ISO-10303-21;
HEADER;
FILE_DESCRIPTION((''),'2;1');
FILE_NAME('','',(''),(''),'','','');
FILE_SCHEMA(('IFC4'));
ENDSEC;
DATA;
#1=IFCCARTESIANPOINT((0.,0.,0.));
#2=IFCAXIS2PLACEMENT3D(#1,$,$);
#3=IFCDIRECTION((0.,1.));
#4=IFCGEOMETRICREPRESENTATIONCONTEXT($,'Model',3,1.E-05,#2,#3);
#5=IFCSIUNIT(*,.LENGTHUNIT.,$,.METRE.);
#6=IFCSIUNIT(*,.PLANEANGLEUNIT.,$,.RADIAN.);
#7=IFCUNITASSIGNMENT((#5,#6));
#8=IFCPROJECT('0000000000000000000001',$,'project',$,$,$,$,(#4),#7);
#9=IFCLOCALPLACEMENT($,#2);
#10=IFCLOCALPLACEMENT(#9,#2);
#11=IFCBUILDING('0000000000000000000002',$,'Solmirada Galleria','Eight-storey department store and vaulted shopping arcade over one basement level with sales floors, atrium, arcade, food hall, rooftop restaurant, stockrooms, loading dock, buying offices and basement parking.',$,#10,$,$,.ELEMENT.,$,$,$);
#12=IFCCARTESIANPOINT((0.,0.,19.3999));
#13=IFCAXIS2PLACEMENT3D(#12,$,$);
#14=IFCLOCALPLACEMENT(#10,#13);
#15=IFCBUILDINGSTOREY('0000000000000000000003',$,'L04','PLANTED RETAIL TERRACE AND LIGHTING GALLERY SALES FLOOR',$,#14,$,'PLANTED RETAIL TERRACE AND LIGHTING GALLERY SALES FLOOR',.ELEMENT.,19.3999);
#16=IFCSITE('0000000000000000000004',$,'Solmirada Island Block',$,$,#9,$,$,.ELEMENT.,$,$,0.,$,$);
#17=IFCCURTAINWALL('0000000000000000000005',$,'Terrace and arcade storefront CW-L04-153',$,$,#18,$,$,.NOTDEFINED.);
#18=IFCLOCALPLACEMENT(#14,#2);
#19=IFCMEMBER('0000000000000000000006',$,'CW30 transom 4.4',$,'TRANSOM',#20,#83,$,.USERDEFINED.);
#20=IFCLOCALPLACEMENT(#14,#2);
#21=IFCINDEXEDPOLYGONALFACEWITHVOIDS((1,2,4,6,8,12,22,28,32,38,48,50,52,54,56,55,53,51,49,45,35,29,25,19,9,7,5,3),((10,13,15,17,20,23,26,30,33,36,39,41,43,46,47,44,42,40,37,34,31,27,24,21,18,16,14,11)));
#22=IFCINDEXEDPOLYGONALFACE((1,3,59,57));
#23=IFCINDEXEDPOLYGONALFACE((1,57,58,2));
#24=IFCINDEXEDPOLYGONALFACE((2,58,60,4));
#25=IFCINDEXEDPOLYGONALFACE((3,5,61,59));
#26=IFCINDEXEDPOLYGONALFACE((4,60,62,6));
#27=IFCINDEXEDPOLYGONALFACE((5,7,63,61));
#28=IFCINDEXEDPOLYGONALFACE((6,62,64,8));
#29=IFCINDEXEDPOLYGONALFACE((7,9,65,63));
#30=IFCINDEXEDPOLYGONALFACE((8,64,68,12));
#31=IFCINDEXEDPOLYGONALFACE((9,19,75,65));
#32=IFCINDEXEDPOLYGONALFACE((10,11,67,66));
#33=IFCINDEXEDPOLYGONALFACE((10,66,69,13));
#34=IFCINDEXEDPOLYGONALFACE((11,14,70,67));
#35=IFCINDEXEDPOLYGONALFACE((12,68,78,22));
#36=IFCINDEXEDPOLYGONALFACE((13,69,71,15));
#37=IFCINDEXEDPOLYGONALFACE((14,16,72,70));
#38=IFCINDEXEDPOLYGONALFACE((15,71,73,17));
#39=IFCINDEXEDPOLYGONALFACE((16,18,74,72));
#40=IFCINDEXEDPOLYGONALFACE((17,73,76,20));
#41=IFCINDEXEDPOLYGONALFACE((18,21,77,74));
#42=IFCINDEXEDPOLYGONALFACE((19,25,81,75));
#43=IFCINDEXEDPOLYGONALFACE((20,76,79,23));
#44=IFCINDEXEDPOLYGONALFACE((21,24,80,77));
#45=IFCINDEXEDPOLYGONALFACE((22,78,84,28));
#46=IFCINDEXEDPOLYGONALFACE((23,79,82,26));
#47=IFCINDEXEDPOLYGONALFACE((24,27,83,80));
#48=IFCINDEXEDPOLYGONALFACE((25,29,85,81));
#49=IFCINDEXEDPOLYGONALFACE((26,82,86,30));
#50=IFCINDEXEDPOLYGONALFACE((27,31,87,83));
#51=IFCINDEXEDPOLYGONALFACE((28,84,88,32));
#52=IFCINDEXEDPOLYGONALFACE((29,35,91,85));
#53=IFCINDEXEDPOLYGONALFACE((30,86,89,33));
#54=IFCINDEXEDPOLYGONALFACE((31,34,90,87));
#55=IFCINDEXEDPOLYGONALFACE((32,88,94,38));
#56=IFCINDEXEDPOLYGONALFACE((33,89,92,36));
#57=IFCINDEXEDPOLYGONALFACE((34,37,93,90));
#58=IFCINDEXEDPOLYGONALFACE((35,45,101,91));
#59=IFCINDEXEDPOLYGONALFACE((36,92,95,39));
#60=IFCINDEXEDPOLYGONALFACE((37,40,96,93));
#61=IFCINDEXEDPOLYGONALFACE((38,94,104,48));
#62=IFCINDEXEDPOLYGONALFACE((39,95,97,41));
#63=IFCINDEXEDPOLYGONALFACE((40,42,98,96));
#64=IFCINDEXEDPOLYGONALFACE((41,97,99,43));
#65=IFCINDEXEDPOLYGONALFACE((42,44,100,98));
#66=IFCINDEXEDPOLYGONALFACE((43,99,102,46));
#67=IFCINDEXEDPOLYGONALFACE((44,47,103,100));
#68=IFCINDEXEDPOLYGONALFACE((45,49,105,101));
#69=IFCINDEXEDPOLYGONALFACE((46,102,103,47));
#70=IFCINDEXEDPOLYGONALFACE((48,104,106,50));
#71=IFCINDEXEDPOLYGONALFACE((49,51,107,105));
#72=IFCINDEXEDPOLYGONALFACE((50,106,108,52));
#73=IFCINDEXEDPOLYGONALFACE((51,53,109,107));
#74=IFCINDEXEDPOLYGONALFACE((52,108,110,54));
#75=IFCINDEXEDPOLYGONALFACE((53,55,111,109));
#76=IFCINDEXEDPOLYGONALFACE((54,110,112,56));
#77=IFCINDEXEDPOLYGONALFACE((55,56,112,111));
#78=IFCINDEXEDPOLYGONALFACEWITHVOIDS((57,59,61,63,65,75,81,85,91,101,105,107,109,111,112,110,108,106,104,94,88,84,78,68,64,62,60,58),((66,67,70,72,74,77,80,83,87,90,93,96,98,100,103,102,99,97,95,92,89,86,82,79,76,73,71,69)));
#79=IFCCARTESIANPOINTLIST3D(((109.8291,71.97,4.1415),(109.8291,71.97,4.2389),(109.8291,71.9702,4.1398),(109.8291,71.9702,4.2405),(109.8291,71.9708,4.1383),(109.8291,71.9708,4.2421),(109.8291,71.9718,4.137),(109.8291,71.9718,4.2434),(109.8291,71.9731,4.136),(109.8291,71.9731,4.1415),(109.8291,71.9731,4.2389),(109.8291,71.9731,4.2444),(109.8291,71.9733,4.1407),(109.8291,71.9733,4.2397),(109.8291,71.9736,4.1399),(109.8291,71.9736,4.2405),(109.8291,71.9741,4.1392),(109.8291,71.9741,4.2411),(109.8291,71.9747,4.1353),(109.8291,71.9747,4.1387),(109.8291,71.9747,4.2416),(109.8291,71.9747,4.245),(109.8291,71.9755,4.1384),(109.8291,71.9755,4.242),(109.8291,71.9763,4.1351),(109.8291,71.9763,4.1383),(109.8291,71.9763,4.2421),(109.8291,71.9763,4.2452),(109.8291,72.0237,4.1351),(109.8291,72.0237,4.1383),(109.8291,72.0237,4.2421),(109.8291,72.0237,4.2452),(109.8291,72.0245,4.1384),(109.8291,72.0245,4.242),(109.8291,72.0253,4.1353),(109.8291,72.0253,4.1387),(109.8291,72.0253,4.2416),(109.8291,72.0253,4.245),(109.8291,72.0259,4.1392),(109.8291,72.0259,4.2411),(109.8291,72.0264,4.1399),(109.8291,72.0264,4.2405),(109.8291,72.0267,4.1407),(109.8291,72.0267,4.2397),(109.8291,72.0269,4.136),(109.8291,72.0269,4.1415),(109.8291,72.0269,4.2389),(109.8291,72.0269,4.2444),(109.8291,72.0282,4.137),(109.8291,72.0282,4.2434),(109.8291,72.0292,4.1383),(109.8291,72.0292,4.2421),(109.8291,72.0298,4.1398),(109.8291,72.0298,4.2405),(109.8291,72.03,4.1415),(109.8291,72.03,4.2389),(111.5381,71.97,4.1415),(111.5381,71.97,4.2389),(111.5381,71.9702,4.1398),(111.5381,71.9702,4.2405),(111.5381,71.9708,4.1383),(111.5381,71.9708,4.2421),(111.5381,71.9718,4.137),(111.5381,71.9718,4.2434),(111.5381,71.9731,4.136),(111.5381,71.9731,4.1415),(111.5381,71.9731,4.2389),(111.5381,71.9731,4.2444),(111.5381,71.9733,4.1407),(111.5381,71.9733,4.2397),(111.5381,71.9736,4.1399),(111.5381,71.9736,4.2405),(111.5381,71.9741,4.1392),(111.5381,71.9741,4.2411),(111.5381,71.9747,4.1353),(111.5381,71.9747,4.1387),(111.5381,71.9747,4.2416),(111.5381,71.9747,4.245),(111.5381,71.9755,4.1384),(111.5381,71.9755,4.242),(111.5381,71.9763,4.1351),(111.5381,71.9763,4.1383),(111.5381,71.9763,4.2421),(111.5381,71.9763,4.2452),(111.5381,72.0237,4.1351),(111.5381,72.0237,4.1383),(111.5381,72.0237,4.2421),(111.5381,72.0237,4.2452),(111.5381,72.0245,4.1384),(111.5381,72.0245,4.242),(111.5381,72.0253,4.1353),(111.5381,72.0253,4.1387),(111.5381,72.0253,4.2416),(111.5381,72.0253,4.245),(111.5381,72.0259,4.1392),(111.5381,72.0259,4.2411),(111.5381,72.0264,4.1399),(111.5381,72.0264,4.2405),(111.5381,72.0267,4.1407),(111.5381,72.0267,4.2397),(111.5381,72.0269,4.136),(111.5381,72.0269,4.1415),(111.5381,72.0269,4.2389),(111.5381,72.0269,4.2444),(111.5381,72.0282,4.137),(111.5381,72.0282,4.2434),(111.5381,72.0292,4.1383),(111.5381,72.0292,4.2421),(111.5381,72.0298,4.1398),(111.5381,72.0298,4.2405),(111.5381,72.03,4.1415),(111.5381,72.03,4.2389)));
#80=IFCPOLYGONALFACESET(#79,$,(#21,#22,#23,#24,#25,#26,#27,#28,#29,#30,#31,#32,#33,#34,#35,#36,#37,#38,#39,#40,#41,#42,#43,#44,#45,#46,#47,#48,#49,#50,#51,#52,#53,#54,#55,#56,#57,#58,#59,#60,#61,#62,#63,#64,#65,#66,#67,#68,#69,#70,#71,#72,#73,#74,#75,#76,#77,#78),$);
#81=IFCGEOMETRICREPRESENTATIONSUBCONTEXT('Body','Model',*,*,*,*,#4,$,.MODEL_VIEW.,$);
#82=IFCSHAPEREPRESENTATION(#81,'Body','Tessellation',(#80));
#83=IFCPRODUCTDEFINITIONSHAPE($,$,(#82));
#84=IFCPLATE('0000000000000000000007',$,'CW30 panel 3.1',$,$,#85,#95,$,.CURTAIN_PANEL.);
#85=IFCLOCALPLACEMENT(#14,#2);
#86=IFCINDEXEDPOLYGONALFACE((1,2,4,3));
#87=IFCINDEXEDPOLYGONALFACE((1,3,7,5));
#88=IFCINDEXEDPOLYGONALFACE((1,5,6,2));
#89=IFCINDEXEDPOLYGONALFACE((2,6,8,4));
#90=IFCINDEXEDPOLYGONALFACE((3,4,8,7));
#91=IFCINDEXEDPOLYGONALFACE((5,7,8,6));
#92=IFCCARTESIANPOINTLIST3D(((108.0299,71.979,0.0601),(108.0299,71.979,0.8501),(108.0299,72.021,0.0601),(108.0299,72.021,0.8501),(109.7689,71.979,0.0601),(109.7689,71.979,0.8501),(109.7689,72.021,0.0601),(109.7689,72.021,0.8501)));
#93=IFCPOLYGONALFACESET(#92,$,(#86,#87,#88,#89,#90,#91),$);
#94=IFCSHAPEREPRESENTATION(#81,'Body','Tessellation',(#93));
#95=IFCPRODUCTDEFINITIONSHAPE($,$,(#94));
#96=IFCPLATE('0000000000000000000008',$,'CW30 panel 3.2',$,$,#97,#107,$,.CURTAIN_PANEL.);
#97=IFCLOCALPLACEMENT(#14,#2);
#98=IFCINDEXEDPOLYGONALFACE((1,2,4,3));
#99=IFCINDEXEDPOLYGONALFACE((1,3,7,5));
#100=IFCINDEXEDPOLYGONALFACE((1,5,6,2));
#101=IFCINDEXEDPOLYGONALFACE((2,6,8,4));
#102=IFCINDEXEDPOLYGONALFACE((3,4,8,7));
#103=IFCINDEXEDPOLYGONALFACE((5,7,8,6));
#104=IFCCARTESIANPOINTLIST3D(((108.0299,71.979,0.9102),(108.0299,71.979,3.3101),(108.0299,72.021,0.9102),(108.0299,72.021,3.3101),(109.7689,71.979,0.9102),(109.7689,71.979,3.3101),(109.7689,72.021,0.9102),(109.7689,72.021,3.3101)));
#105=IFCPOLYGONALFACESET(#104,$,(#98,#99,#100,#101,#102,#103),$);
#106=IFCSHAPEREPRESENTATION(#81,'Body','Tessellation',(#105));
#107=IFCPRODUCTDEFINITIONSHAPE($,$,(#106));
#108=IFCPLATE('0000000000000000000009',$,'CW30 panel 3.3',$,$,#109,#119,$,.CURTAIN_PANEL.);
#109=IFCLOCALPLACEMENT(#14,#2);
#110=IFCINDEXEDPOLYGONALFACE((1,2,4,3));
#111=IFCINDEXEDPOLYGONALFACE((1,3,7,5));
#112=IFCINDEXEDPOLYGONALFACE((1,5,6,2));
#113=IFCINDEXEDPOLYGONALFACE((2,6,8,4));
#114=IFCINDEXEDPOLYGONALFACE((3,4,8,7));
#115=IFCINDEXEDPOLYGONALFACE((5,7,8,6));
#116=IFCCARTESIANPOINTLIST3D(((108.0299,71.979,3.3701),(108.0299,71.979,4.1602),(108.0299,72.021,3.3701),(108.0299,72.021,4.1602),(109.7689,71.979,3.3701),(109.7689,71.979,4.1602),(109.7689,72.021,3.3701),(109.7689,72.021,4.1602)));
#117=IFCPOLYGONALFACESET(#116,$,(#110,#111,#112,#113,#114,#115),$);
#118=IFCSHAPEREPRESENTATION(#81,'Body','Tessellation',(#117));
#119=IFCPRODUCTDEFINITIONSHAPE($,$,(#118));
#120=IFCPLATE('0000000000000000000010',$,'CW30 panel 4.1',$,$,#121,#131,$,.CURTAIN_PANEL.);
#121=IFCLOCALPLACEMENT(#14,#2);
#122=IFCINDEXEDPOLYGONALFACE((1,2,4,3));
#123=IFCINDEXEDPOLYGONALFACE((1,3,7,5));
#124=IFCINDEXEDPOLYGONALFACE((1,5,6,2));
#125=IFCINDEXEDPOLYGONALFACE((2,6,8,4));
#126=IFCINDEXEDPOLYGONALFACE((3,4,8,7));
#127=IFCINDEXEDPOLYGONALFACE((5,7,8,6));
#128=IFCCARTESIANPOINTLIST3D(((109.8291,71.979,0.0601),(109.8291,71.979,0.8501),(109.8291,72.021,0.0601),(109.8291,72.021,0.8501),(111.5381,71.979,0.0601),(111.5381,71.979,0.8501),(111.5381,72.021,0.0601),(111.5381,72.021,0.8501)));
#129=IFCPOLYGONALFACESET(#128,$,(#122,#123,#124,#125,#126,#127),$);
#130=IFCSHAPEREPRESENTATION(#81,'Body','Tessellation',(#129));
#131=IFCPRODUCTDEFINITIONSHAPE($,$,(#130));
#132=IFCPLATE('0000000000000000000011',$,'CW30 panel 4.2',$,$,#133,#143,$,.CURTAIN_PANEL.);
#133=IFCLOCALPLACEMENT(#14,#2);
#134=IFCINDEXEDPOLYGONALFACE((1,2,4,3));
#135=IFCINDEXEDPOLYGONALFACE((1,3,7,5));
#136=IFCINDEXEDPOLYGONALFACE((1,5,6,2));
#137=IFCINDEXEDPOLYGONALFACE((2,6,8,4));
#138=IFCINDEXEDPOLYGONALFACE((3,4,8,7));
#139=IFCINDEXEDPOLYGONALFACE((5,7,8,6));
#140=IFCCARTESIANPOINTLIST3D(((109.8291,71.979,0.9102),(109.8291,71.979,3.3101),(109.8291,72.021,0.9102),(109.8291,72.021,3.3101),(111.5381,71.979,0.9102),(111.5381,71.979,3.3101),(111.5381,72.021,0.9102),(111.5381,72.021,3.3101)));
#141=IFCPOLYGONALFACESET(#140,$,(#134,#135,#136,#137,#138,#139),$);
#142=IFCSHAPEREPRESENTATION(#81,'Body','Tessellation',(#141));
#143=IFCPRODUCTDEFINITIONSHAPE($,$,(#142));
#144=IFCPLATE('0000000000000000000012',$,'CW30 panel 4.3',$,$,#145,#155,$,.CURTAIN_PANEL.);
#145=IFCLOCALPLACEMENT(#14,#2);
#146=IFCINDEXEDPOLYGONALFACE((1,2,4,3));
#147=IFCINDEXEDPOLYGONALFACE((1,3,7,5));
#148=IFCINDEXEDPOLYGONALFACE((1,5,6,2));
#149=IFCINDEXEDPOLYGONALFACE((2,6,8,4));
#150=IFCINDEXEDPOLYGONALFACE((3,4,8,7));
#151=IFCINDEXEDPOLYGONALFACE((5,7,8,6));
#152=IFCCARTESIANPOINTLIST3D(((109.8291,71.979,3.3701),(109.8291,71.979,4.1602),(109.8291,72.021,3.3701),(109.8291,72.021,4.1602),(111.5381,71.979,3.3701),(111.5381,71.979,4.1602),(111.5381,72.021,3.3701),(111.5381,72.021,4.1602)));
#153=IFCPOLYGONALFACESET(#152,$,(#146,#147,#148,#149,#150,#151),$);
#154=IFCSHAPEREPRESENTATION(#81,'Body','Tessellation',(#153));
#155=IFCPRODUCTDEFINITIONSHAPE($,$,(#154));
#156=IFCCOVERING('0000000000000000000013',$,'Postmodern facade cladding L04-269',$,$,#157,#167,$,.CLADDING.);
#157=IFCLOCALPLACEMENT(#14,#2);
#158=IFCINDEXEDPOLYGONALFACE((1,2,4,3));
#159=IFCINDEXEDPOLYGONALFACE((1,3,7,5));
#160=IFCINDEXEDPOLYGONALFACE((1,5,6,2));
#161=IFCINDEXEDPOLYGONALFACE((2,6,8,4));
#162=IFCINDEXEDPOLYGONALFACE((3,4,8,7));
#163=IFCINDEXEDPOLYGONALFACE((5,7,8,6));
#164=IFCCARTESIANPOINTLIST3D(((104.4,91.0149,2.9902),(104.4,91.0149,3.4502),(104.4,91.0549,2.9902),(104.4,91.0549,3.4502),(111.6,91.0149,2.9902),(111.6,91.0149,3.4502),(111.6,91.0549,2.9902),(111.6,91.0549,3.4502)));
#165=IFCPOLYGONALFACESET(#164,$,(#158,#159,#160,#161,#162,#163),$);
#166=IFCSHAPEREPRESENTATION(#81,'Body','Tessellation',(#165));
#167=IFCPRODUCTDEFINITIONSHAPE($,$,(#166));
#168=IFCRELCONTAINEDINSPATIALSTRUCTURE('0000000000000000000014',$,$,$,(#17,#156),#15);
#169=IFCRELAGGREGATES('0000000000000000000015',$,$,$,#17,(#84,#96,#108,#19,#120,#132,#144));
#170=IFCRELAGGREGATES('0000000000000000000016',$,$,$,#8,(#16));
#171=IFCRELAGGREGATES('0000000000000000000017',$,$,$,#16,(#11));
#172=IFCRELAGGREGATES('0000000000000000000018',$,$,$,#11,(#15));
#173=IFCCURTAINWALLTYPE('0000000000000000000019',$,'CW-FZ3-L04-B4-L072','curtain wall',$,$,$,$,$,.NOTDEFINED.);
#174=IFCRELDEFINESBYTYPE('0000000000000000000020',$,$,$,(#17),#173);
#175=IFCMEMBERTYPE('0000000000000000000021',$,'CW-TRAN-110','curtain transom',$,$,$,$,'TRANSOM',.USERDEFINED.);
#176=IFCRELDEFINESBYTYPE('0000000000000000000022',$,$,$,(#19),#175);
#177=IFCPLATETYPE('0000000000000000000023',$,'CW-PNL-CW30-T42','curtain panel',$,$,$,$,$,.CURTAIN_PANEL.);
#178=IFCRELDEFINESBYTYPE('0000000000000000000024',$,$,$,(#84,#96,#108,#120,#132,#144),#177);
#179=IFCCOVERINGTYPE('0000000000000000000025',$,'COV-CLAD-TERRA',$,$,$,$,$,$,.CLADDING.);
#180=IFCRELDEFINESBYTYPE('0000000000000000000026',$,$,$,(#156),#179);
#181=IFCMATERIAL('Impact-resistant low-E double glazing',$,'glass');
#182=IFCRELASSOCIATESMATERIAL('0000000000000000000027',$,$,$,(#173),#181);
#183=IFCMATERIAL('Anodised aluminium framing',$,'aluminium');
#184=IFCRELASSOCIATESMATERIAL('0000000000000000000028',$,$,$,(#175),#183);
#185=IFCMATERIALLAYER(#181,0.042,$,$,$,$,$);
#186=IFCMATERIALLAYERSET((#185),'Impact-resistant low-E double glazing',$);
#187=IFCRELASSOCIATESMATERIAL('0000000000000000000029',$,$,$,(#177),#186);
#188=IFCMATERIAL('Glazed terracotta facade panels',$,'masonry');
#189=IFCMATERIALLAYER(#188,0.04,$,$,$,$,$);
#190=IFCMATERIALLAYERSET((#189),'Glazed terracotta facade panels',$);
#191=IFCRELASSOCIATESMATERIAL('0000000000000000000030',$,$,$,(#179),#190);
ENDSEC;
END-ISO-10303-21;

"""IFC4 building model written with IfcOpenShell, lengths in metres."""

from ifc_helpers import new_model, si_unit, direction, frame, origin, origin_2d, place, context, subcontext, project, spatial, rectangle, hollow_rectangle, extrude, material, layer, layer_set, material_profile, profile_set, type_object, element, aggregate, save


model = new_model("IFC4")

# Units and contexts
model_context = context("Model", 3, precision=1e-05, world=origin(), true_north=direction((0.0, 1.0)))
body_context = subcontext(model_context, "Body", "Model", "MODEL_VIEW")
ifc_project = project(units=[si_unit("LENGTHUNIT", "METRE"), si_unit("PLANEANGLEUNIT", "RADIAN")], contexts=[model_context])

# Site, building, storey
site_placement = place(None, origin())
site = spatial("IfcSite", under=ifc_project, at=site_placement, Name="Solmirada Island Block", CompositionType="ELEMENT", RefElevation=0.0)
building_placement = place(site_placement, origin())
building = spatial("IfcBuilding", under=site, at=building_placement, Name="Solmirada Galleria", Description="Eight-storey department store and vaulted shopping arcade over one basement level with sales floors, atrium, arcade, food hall, rooftop restaurant, stockrooms, loading dock, buying offices and basement parking.", CompositionType="ELEMENT")
storey_placement = place(building_placement, frame((0.0, 0.0, 19.3999)))
storey = spatial("IfcBuildingStorey", under=building, at=storey_placement, Name="L04", Description="PLANTED RETAIL TERRACE AND LIGHTING GALLERY SALES FLOOR", LongName="PLANTED RETAIL TERRACE AND LIGHTING GALLERY SALES FLOOR", CompositionType="ELEMENT", Elevation=19.3999)

# Curtain wall, member, plates
ifc_material_1 = material(Name="Impact-resistant low-E double glazing", Category="glass")
curtain_wall_type = type_object("IfcCurtainWallType", Name="CW-FZ3-L04-B4-L072", Description="curtain wall", PredefinedType="NOTDEFINED", material=ifc_material_1)
curtain_wall_placement = place(storey_placement, origin())
curtain_wall = element("IfcCurtainWall", 1, at=curtain_wall_placement, inside=storey, type_object=curtain_wall_type, Name="Terrace and arcade storefront CW-L04-153", PredefinedType="NOTDEFINED")
ifc_material_2 = material(Name="Anodised aluminium framing", Category="aluminium")
ifc_material_profile_1 = material_profile(ifc_material_2, hollow_rectangle(XDim=0.0601, YDim=0.1101, WallThickness=0.0032, InnerFilletRadius=0.0032, OuterFilletRadius=0.0063, at=origin_2d()), Name="ALU-TRAN-110X60")
ifc_profile_set_1 = profile_set([ifc_material_profile_1], Name="Anodised aluminium framing")
member_type_1 = type_object("IfcMemberType", Name="CW-TRAN-110", Description="curtain transom", ElementType="TRANSOM", PredefinedType="USERDEFINED", material=ifc_profile_set_1)
member_1_placement = place(storey_placement, frame((109.8291, 72.0, 4.1902), z_axis=(1.0, 0.0, 0.0), x_axis=(0.0, 1.0, 0.0)))
member_1 = element("IfcMember", 2, at=member_1_placement, type_object=member_type_1, Name="CW30 transom 4.4", ObjectType="TRANSOM", PredefinedType="USERDEFINED", context=body_context, shape_type="SweptSolid", body=[
    extrude(hollow_rectangle(XDim=0.0601, YDim=0.1101, WallThickness=0.0032, InnerFilletRadius=0.0032, OuterFilletRadius=0.0063, at=origin_2d()), origin(), (0.0, 0.0, 1.0), 1.709),
])
ifc_layer_1 = layer(ifc_material_1, 0.042)
ifc_layer_set_1 = layer_set([ifc_layer_1], Name="Impact-resistant low-E double glazing")
plate_type = type_object("IfcPlateType", Name="CW-PNL-CW30-T42", Description="curtain panel", PredefinedType="CURTAIN_PANEL", material=ifc_layer_set_1)
plate_1_placement = place(storey_placement, frame((108.8994, 72.0, 0.0601), z_axis=(0.0, 0.0, 1.0), x_axis=(1.0, 0.0, 0.0)))
plate_1 = element("IfcPlate", 3, at=plate_1_placement, type_object=plate_type, Name="CW30 panel 3.1", PredefinedType="CURTAIN_PANEL", context=body_context, shape_type="SweptSolid", body=[
    extrude(rectangle(XDim=1.739, YDim=0.042, at=origin_2d()), origin(), (0.0, 0.0, 1.0), 0.79),
])
plate_2_placement = place(storey_placement, frame((108.8994, 72.0, 0.9102), z_axis=(0.0, 0.0, 1.0), x_axis=(1.0, 0.0, 0.0)))
plate_2 = element("IfcPlate", 4, at=plate_2_placement, type_object=plate_type, Name="CW30 panel 3.2", PredefinedType="CURTAIN_PANEL", context=body_context, shape_type="SweptSolid", body=[
    extrude(rectangle(XDim=1.739, YDim=0.042, at=origin_2d()), origin(), (0.0, 0.0, 1.0), 2.3999),
])
plate_3_placement = place(storey_placement, frame((108.8994, 72.0, 3.3701), z_axis=(0.0, 0.0, 1.0), x_axis=(1.0, 0.0, 0.0)))
plate_3 = element("IfcPlate", 5, at=plate_3_placement, type_object=plate_type, Name="CW30 panel 3.3", PredefinedType="CURTAIN_PANEL", context=body_context, shape_type="SweptSolid", body=[
    extrude(rectangle(XDim=1.739, YDim=0.042, at=origin_2d()), origin(), (0.0, 0.0, 1.0), 0.79),
])
plate_4_placement = place(storey_placement, frame((110.6836, 72.0, 0.0601), z_axis=(0.0, 0.0, 1.0), x_axis=(1.0, 0.0, 0.0)))
plate_4 = element("IfcPlate", 6, at=plate_4_placement, type_object=plate_type, Name="CW30 panel 4.1", PredefinedType="CURTAIN_PANEL", context=body_context, shape_type="SweptSolid", body=[
    extrude(rectangle(XDim=1.709, YDim=0.042, at=origin_2d()), origin(), (0.0, 0.0, 1.0), 0.79),
])
plate_5_placement = place(storey_placement, frame((110.6836, 72.0, 0.9102), z_axis=(0.0, 0.0, 1.0), x_axis=(1.0, 0.0, 0.0)))
plate_5 = element("IfcPlate", 7, at=plate_5_placement, type_object=plate_type, Name="CW30 panel 4.2", PredefinedType="CURTAIN_PANEL", context=body_context, shape_type="SweptSolid", body=[
    extrude(rectangle(XDim=1.709, YDim=0.042, at=origin_2d()), origin(), (0.0, 0.0, 1.0), 2.3999),
])
plate_6_placement = place(storey_placement, frame((110.6836, 72.0, 3.3701), z_axis=(0.0, 0.0, 1.0), x_axis=(1.0, 0.0, 0.0)))
plate_6 = element("IfcPlate", 8, at=plate_6_placement, type_object=plate_type, Name="CW30 panel 4.3", PredefinedType="CURTAIN_PANEL", context=body_context, shape_type="SweptSolid", body=[
    extrude(rectangle(XDim=1.709, YDim=0.042, at=origin_2d()), origin(), (0.0, 0.0, 1.0), 0.79),
])
aggregate(curtain_wall, [plate_1, plate_2, plate_3, member_1, plate_4, plate_5, plate_6])

# Covering
ifc_material_3 = material(Name="Glazed terracotta facade panels", Category="masonry")
ifc_layer_2 = layer(ifc_material_3, 0.04)
ifc_layer_set_2 = layer_set([ifc_layer_2], Name="Glazed terracotta facade panels")
covering_type = type_object("IfcCoveringType", Name="COV-CLAD-TERRA", PredefinedType="CLADDING", material=ifc_layer_set_2)
covering_placement = place(storey_placement, frame((108.0, 91.0349, 2.9902), z_axis=(0.0, 0.0, 1.0), x_axis=(-1.0, 0.0, 0.0)))
element("IfcCovering", 9, at=covering_placement, inside=storey, type_object=covering_type, Name="Postmodern facade cladding L04-269", PredefinedType="CLADDING", context=body_context, shape_type="SweptSolid", body=[
    extrude(rectangle(XDim=7.2, YDim=0.04, at=origin_2d()), origin(), (0.0, 0.0, 1.0), 0.46),
])

save(model, "model.ifc")
